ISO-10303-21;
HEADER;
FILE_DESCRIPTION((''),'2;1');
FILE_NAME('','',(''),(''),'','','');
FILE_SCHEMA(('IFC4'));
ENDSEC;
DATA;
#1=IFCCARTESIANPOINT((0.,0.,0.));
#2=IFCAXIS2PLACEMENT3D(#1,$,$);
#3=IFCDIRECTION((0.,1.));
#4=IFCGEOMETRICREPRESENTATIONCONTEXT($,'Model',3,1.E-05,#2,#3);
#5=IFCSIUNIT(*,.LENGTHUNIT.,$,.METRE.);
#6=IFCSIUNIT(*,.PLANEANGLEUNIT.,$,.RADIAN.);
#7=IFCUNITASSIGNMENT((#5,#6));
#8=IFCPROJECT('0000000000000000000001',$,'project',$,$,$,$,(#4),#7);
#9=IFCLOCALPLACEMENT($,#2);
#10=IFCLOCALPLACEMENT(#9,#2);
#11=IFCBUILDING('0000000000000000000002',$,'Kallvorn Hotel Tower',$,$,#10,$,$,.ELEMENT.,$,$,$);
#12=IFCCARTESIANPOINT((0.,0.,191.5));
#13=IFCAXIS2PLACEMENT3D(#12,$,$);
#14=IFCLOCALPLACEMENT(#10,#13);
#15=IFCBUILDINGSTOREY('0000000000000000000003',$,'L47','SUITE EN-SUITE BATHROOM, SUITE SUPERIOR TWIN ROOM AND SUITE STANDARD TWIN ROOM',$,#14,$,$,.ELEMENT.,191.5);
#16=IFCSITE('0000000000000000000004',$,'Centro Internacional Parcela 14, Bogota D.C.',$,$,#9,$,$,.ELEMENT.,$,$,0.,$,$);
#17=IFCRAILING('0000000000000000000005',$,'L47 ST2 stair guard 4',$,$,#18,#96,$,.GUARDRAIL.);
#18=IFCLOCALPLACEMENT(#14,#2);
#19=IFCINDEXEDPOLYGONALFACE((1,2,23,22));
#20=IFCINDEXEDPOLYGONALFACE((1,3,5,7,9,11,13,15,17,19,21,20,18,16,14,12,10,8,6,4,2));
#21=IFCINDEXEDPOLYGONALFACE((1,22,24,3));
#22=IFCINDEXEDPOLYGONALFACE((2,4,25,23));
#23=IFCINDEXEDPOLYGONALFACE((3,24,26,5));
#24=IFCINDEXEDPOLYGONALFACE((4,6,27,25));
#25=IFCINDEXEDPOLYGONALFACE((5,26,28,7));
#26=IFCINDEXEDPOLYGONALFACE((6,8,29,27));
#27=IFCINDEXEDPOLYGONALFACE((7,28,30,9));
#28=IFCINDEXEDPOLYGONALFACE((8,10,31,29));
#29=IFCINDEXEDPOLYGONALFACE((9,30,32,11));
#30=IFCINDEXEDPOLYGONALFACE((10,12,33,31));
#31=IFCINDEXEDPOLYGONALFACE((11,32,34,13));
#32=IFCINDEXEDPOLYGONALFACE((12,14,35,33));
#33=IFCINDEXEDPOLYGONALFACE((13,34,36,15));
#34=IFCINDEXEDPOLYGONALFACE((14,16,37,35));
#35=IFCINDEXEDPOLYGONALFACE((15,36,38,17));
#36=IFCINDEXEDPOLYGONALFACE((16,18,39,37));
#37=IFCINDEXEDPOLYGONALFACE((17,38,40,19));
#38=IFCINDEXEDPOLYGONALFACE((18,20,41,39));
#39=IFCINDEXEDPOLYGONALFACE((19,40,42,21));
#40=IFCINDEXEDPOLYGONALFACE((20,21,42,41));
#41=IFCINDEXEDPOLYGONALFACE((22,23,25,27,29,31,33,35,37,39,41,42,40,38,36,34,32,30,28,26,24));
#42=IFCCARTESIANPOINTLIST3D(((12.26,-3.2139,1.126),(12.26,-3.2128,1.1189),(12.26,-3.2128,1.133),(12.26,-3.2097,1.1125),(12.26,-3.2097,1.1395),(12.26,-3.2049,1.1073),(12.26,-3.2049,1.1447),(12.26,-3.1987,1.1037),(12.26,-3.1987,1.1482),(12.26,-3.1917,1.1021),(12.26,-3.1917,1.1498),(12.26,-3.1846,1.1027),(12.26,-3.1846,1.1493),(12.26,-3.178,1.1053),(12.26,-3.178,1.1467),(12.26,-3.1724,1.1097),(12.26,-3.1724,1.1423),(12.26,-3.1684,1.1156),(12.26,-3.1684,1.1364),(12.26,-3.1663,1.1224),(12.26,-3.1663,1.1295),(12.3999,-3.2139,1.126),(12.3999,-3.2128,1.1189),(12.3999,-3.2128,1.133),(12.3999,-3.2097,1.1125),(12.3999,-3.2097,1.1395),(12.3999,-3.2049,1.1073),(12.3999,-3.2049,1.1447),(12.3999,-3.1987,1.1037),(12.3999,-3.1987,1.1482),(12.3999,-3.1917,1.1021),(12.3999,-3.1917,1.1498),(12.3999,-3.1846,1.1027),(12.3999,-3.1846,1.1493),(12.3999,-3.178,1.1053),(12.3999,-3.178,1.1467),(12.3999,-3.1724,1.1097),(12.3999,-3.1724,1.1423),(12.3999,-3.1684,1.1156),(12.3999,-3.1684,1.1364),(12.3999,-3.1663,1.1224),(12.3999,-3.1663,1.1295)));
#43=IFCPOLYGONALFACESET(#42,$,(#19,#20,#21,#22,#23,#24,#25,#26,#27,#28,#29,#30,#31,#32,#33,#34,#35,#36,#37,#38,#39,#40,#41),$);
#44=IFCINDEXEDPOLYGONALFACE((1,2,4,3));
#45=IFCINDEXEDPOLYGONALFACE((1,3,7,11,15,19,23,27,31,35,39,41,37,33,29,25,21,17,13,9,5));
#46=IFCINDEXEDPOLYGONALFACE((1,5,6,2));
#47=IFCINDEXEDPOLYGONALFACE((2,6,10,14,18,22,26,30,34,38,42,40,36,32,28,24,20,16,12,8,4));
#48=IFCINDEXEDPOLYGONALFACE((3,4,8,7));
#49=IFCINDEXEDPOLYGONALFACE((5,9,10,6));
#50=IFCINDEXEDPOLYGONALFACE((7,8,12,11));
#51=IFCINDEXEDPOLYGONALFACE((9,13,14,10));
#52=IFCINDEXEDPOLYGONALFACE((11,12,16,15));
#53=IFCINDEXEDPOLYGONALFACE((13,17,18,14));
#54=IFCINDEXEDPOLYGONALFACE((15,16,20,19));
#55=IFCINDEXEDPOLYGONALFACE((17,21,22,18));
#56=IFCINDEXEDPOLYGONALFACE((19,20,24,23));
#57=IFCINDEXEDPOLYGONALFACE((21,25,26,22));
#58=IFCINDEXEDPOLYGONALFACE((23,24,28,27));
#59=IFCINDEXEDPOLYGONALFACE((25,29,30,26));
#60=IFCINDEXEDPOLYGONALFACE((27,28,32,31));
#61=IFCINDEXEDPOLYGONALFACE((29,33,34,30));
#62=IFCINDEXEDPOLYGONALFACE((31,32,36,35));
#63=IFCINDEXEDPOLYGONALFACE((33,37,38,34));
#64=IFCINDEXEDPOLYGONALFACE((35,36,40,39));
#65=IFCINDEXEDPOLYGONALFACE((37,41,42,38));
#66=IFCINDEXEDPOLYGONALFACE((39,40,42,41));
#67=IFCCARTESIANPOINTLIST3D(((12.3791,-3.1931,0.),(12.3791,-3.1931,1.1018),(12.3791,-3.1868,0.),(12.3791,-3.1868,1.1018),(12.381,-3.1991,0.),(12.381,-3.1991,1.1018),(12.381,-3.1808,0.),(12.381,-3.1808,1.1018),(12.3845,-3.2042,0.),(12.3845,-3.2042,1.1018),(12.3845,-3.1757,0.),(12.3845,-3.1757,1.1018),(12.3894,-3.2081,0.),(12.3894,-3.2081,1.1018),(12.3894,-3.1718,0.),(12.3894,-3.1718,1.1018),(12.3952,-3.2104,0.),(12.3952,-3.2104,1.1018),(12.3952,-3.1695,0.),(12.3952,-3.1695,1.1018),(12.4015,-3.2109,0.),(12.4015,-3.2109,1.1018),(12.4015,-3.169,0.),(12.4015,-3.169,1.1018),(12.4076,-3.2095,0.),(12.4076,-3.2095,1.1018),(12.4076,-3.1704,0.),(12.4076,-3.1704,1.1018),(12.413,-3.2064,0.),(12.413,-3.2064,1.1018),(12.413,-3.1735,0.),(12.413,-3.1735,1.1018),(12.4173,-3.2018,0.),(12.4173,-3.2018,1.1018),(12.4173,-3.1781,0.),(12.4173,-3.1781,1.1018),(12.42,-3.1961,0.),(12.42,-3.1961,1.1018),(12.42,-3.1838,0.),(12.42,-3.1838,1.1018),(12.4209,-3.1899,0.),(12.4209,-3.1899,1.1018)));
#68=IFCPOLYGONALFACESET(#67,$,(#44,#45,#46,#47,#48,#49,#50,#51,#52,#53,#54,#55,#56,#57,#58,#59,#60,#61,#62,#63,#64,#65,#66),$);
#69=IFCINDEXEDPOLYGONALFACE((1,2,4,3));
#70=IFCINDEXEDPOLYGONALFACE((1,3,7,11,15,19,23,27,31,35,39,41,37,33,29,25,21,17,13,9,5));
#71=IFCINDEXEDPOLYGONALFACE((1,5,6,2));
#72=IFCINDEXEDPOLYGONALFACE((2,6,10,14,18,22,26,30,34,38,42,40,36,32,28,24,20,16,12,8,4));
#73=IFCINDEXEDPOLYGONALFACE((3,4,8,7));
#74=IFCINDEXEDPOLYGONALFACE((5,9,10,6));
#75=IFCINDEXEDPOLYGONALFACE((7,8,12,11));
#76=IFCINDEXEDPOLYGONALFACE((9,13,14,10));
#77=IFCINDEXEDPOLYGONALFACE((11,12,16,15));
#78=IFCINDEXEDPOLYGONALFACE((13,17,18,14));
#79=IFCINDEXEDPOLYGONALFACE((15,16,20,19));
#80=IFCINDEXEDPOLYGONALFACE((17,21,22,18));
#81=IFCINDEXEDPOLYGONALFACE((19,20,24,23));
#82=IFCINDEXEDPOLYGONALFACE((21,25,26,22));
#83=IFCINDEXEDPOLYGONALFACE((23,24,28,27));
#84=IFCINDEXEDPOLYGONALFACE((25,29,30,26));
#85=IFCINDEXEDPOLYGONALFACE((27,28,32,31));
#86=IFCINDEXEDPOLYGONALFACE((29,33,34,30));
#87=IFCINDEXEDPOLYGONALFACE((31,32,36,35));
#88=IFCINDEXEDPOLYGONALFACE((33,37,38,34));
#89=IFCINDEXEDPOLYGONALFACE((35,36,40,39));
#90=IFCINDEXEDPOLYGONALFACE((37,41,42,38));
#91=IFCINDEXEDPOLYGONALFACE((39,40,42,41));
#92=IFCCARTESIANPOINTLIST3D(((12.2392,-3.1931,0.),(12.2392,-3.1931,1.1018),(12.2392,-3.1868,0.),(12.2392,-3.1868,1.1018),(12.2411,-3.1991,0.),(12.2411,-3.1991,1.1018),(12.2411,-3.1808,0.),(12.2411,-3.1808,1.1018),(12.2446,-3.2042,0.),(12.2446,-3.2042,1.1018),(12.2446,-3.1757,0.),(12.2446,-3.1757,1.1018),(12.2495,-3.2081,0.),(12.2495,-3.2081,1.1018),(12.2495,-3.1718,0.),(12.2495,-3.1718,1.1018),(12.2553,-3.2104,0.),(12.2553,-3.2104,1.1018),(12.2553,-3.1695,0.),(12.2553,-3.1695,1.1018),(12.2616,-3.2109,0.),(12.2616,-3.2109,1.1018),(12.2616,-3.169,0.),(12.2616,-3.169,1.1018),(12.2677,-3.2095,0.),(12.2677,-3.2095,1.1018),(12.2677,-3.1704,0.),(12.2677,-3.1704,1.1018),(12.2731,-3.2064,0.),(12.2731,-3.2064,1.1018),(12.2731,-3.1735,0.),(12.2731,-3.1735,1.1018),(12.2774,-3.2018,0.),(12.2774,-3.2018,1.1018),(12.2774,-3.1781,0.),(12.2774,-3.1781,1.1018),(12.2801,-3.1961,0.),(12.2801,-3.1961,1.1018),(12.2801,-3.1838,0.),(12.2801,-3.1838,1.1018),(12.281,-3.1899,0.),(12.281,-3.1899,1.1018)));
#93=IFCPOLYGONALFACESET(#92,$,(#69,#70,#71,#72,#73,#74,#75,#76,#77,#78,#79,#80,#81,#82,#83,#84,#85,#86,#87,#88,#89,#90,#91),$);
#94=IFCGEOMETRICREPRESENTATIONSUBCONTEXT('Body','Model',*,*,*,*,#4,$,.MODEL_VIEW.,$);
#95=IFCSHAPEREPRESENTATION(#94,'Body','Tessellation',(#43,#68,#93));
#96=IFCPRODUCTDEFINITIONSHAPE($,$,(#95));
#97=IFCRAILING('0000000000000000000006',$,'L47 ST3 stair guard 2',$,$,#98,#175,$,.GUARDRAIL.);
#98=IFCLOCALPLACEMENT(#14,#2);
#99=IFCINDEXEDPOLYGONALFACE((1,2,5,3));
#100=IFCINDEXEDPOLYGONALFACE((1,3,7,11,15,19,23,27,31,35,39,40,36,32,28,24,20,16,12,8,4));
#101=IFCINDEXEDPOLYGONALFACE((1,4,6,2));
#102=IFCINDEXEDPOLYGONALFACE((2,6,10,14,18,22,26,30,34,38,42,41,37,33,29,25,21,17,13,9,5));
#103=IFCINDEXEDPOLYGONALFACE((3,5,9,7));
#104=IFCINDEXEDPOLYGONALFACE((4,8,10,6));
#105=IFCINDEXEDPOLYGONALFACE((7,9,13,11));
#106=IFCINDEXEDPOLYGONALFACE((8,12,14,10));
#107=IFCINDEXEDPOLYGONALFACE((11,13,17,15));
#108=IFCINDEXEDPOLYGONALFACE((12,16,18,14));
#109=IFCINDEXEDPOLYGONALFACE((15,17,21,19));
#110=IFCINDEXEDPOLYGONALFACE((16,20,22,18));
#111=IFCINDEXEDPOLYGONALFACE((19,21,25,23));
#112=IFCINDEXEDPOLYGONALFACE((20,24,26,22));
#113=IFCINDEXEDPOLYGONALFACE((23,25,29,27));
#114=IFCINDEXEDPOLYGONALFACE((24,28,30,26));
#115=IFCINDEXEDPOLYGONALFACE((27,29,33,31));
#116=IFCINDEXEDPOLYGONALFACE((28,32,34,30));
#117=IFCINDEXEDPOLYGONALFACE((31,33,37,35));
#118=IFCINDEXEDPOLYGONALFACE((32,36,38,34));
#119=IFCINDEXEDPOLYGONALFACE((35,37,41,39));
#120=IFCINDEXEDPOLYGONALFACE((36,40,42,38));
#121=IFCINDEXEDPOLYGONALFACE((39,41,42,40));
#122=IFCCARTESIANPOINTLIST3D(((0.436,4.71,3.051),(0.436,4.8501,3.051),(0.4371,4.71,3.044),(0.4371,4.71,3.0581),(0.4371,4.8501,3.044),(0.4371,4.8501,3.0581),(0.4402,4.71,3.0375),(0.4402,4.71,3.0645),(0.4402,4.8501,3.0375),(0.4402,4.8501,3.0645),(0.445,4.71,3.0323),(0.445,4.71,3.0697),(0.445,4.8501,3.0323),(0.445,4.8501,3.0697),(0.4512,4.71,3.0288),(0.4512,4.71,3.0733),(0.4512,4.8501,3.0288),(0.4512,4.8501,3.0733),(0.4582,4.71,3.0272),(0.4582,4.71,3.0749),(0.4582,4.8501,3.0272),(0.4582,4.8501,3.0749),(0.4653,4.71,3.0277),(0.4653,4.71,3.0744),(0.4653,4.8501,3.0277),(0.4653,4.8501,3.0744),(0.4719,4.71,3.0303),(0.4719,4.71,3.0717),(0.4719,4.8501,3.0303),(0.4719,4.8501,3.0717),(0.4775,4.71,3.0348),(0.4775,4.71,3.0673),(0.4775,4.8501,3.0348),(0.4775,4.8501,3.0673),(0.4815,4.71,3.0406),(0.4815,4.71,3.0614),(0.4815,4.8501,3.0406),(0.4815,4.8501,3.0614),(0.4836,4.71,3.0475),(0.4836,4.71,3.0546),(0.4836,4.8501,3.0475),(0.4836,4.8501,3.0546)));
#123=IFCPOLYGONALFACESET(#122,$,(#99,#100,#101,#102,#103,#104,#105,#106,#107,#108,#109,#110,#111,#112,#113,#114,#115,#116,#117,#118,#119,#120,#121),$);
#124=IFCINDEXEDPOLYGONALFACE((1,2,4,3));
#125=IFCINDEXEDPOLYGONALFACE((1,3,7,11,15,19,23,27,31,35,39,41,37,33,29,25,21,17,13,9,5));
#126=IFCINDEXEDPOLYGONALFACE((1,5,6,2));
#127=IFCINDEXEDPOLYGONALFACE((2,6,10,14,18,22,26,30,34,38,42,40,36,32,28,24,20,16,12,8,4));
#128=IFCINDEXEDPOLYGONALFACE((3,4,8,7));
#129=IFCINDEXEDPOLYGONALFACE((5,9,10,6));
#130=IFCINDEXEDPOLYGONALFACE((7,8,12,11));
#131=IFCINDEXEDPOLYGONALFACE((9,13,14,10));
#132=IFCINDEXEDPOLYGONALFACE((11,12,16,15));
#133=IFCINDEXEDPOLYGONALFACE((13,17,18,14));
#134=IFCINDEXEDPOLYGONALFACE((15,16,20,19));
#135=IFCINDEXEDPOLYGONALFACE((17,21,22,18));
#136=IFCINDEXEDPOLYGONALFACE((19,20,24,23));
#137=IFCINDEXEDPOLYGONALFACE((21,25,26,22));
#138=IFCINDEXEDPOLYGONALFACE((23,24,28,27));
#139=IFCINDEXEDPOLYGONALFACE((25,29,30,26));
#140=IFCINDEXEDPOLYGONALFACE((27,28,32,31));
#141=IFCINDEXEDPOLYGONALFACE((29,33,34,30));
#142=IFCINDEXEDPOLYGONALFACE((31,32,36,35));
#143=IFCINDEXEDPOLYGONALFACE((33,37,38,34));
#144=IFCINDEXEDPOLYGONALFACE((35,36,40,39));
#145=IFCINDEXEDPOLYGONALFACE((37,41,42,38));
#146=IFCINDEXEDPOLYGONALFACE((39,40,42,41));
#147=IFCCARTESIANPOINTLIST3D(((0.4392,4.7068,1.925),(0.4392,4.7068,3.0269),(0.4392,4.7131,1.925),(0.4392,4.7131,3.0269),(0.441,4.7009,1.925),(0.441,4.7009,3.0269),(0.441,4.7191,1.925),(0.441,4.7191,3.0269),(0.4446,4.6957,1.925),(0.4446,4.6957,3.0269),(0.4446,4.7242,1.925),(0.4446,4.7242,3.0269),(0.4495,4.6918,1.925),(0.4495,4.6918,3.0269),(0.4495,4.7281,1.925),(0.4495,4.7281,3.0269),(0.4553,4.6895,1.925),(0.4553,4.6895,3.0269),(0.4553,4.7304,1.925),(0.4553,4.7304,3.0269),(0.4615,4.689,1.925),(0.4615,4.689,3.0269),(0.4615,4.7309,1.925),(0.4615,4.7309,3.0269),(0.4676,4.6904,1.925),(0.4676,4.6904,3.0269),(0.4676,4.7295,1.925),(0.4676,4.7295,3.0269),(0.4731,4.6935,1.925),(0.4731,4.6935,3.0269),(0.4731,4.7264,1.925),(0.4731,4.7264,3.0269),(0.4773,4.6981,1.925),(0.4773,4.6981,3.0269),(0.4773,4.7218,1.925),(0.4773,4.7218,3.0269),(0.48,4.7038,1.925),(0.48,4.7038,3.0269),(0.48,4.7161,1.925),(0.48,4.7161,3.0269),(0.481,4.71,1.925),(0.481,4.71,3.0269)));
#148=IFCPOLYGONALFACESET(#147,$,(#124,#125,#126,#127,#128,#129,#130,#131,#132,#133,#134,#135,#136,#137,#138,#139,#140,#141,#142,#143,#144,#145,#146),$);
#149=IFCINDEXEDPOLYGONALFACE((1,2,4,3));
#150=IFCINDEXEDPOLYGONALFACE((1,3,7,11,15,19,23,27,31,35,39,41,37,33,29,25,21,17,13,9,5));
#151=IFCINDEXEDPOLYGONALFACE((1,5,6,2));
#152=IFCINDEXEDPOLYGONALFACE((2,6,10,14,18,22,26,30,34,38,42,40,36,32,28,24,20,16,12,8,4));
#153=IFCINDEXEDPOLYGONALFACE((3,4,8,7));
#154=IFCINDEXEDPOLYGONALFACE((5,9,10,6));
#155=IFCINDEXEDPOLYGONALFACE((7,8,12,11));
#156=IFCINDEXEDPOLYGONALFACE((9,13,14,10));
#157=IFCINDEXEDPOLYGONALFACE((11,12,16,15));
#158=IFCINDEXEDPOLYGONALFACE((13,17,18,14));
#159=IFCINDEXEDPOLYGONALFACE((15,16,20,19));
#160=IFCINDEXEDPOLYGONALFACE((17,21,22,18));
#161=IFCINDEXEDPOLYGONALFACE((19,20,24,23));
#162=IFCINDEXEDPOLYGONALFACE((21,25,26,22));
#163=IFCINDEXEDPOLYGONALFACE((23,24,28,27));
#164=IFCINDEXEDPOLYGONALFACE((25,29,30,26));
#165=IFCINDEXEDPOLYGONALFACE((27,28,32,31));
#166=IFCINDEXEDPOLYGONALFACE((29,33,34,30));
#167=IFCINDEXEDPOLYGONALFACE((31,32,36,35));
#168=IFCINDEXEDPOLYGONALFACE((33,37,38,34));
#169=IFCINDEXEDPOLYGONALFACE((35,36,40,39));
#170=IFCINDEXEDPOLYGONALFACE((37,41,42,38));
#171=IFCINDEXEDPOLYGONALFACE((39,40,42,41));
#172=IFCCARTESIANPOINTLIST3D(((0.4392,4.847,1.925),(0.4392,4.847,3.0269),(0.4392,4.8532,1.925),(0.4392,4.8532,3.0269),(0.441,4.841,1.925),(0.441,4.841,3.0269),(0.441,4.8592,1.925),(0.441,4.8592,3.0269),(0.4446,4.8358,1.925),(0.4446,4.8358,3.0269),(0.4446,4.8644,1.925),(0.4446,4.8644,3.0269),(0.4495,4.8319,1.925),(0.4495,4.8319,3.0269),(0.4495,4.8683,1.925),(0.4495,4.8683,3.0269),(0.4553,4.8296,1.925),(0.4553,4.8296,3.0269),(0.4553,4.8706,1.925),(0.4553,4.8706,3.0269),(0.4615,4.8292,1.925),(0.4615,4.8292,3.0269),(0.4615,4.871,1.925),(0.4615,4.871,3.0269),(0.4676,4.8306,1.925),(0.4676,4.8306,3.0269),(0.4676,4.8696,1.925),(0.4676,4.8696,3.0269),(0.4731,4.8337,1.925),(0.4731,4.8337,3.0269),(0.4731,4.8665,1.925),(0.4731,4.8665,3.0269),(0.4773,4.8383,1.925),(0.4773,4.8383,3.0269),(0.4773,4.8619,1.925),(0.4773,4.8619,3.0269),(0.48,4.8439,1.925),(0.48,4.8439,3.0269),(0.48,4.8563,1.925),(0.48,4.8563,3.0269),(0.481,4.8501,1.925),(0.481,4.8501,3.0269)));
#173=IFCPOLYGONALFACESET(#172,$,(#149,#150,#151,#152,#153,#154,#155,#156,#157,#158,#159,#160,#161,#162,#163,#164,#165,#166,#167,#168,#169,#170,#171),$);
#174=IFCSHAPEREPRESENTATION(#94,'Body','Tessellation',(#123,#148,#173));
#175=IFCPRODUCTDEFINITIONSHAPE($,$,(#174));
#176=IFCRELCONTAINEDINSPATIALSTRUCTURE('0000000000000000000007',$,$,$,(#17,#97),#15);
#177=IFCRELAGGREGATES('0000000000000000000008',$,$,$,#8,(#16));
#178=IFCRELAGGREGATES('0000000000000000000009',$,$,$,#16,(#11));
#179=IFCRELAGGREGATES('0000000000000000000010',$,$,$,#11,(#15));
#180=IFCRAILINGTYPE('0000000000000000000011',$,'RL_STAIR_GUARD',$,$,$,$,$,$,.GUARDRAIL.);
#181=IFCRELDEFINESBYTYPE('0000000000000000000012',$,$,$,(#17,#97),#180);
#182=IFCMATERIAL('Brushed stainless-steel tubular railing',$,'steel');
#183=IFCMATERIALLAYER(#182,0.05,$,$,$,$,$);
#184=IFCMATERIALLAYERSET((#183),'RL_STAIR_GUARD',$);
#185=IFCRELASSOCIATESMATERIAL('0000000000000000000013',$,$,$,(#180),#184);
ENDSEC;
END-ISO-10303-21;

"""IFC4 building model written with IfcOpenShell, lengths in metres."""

from ifc_helpers import new_model, si_unit, direction, frame, origin, origin_2d, place, context, subcontext, project, spatial, circle, extrude, material, layer, layer_set, type_object, element, save


model = new_model("IFC4")

# Units and contexts
model_context = context("Model", 3, precision=1e-05, world=origin(), true_north=direction((0.0, 1.0)))
body_context = subcontext(model_context, "Body", "Model", "MODEL_VIEW")
ifc_project = project(units=[si_unit("LENGTHUNIT", "METRE"), si_unit("PLANEANGLEUNIT", "RADIAN")], contexts=[model_context])

# Site, building, storey
site_placement = place(None, origin())
site = spatial("IfcSite", under=ifc_project, at=site_placement, Name="Centro Internacional Parcela 14, Bogota D.C.", CompositionType="ELEMENT", RefElevation=0.0)
building_placement = place(site_placement, origin())
building = spatial("IfcBuilding", under=site, at=building_placement, Name="Kallvorn Hotel Tower", CompositionType="ELEMENT")
storey_placement = place(building_placement, frame((0.0, 0.0, 191.5)))
storey = spatial("IfcBuildingStorey", under=building, at=storey_placement, Name="L47", Description="SUITE EN-SUITE BATHROOM, SUITE SUPERIOR TWIN ROOM AND SUITE STANDARD TWIN ROOM", CompositionType="ELEMENT", Elevation=191.5)

# Railings
ifc_material_1 = material(Name="Brushed stainless-steel tubular railing", Category="steel")
ifc_layer_1 = layer(ifc_material_1, 0.05)
ifc_layer_set_1 = layer_set([ifc_layer_1], Name="RL_STAIR_GUARD")
railing_type_1 = type_object("IfcRailingType", Name="RL_STAIR_GUARD", PredefinedType="GUARDRAIL", material=ifc_layer_set_1)
railing_1_placement = place(storey_placement, frame((12.3999, -3.1899, 0.0)))
element("IfcRailing", 1, at=railing_1_placement, inside=storey, type_object=railing_type_1, Name="L47 ST2 stair guard 4", PredefinedType="GUARDRAIL", context=body_context, shape_type="SweptSolid", body=[
    extrude(circle(Radius=0.0239, at=origin_2d()), frame((0.0, 0.0, 1.126), z_axis=(-1.0, 0.0, 0.0), x_axis=(0.0, -1.0, 0.0)), (0.0, 0.0, 1.0), 0.1399),
    extrude(circle(Radius=0.021, at=origin_2d()), origin(), (0.0, 0.0, 1.0), 1.1018),
    extrude(circle(Radius=0.021, at=origin_2d()), frame((-0.1399, 0.0, 0.0)), (0.0, 0.0, 1.0), 1.1018),
])
railing_2_placement = place(storey_placement, frame((0.46, 4.71, 1.925)))
element("IfcRailing", 2, at=railing_2_placement, inside=storey, type_object=railing_type_1, Name="L47 ST3 stair guard 2", PredefinedType="GUARDRAIL", context=body_context, shape_type="SweptSolid", body=[
    extrude(circle(Radius=0.0239, at=origin_2d()), frame((0.0, 0.0, 1.126), z_axis=(0.0, 1.0, 0.0), x_axis=(-1.0, 0.0, 0.0)), (0.0, 0.0, 1.0), 0.1401),
    extrude(circle(Radius=0.021, at=origin_2d()), origin(), (0.0, 0.0, 1.0), 1.1018),
    extrude(circle(Radius=0.021, at=origin_2d()), frame((0.0, 0.1401, 0.0)), (0.0, 0.0, 1.0), 1.1018),
])

save(model, "model.ifc")
